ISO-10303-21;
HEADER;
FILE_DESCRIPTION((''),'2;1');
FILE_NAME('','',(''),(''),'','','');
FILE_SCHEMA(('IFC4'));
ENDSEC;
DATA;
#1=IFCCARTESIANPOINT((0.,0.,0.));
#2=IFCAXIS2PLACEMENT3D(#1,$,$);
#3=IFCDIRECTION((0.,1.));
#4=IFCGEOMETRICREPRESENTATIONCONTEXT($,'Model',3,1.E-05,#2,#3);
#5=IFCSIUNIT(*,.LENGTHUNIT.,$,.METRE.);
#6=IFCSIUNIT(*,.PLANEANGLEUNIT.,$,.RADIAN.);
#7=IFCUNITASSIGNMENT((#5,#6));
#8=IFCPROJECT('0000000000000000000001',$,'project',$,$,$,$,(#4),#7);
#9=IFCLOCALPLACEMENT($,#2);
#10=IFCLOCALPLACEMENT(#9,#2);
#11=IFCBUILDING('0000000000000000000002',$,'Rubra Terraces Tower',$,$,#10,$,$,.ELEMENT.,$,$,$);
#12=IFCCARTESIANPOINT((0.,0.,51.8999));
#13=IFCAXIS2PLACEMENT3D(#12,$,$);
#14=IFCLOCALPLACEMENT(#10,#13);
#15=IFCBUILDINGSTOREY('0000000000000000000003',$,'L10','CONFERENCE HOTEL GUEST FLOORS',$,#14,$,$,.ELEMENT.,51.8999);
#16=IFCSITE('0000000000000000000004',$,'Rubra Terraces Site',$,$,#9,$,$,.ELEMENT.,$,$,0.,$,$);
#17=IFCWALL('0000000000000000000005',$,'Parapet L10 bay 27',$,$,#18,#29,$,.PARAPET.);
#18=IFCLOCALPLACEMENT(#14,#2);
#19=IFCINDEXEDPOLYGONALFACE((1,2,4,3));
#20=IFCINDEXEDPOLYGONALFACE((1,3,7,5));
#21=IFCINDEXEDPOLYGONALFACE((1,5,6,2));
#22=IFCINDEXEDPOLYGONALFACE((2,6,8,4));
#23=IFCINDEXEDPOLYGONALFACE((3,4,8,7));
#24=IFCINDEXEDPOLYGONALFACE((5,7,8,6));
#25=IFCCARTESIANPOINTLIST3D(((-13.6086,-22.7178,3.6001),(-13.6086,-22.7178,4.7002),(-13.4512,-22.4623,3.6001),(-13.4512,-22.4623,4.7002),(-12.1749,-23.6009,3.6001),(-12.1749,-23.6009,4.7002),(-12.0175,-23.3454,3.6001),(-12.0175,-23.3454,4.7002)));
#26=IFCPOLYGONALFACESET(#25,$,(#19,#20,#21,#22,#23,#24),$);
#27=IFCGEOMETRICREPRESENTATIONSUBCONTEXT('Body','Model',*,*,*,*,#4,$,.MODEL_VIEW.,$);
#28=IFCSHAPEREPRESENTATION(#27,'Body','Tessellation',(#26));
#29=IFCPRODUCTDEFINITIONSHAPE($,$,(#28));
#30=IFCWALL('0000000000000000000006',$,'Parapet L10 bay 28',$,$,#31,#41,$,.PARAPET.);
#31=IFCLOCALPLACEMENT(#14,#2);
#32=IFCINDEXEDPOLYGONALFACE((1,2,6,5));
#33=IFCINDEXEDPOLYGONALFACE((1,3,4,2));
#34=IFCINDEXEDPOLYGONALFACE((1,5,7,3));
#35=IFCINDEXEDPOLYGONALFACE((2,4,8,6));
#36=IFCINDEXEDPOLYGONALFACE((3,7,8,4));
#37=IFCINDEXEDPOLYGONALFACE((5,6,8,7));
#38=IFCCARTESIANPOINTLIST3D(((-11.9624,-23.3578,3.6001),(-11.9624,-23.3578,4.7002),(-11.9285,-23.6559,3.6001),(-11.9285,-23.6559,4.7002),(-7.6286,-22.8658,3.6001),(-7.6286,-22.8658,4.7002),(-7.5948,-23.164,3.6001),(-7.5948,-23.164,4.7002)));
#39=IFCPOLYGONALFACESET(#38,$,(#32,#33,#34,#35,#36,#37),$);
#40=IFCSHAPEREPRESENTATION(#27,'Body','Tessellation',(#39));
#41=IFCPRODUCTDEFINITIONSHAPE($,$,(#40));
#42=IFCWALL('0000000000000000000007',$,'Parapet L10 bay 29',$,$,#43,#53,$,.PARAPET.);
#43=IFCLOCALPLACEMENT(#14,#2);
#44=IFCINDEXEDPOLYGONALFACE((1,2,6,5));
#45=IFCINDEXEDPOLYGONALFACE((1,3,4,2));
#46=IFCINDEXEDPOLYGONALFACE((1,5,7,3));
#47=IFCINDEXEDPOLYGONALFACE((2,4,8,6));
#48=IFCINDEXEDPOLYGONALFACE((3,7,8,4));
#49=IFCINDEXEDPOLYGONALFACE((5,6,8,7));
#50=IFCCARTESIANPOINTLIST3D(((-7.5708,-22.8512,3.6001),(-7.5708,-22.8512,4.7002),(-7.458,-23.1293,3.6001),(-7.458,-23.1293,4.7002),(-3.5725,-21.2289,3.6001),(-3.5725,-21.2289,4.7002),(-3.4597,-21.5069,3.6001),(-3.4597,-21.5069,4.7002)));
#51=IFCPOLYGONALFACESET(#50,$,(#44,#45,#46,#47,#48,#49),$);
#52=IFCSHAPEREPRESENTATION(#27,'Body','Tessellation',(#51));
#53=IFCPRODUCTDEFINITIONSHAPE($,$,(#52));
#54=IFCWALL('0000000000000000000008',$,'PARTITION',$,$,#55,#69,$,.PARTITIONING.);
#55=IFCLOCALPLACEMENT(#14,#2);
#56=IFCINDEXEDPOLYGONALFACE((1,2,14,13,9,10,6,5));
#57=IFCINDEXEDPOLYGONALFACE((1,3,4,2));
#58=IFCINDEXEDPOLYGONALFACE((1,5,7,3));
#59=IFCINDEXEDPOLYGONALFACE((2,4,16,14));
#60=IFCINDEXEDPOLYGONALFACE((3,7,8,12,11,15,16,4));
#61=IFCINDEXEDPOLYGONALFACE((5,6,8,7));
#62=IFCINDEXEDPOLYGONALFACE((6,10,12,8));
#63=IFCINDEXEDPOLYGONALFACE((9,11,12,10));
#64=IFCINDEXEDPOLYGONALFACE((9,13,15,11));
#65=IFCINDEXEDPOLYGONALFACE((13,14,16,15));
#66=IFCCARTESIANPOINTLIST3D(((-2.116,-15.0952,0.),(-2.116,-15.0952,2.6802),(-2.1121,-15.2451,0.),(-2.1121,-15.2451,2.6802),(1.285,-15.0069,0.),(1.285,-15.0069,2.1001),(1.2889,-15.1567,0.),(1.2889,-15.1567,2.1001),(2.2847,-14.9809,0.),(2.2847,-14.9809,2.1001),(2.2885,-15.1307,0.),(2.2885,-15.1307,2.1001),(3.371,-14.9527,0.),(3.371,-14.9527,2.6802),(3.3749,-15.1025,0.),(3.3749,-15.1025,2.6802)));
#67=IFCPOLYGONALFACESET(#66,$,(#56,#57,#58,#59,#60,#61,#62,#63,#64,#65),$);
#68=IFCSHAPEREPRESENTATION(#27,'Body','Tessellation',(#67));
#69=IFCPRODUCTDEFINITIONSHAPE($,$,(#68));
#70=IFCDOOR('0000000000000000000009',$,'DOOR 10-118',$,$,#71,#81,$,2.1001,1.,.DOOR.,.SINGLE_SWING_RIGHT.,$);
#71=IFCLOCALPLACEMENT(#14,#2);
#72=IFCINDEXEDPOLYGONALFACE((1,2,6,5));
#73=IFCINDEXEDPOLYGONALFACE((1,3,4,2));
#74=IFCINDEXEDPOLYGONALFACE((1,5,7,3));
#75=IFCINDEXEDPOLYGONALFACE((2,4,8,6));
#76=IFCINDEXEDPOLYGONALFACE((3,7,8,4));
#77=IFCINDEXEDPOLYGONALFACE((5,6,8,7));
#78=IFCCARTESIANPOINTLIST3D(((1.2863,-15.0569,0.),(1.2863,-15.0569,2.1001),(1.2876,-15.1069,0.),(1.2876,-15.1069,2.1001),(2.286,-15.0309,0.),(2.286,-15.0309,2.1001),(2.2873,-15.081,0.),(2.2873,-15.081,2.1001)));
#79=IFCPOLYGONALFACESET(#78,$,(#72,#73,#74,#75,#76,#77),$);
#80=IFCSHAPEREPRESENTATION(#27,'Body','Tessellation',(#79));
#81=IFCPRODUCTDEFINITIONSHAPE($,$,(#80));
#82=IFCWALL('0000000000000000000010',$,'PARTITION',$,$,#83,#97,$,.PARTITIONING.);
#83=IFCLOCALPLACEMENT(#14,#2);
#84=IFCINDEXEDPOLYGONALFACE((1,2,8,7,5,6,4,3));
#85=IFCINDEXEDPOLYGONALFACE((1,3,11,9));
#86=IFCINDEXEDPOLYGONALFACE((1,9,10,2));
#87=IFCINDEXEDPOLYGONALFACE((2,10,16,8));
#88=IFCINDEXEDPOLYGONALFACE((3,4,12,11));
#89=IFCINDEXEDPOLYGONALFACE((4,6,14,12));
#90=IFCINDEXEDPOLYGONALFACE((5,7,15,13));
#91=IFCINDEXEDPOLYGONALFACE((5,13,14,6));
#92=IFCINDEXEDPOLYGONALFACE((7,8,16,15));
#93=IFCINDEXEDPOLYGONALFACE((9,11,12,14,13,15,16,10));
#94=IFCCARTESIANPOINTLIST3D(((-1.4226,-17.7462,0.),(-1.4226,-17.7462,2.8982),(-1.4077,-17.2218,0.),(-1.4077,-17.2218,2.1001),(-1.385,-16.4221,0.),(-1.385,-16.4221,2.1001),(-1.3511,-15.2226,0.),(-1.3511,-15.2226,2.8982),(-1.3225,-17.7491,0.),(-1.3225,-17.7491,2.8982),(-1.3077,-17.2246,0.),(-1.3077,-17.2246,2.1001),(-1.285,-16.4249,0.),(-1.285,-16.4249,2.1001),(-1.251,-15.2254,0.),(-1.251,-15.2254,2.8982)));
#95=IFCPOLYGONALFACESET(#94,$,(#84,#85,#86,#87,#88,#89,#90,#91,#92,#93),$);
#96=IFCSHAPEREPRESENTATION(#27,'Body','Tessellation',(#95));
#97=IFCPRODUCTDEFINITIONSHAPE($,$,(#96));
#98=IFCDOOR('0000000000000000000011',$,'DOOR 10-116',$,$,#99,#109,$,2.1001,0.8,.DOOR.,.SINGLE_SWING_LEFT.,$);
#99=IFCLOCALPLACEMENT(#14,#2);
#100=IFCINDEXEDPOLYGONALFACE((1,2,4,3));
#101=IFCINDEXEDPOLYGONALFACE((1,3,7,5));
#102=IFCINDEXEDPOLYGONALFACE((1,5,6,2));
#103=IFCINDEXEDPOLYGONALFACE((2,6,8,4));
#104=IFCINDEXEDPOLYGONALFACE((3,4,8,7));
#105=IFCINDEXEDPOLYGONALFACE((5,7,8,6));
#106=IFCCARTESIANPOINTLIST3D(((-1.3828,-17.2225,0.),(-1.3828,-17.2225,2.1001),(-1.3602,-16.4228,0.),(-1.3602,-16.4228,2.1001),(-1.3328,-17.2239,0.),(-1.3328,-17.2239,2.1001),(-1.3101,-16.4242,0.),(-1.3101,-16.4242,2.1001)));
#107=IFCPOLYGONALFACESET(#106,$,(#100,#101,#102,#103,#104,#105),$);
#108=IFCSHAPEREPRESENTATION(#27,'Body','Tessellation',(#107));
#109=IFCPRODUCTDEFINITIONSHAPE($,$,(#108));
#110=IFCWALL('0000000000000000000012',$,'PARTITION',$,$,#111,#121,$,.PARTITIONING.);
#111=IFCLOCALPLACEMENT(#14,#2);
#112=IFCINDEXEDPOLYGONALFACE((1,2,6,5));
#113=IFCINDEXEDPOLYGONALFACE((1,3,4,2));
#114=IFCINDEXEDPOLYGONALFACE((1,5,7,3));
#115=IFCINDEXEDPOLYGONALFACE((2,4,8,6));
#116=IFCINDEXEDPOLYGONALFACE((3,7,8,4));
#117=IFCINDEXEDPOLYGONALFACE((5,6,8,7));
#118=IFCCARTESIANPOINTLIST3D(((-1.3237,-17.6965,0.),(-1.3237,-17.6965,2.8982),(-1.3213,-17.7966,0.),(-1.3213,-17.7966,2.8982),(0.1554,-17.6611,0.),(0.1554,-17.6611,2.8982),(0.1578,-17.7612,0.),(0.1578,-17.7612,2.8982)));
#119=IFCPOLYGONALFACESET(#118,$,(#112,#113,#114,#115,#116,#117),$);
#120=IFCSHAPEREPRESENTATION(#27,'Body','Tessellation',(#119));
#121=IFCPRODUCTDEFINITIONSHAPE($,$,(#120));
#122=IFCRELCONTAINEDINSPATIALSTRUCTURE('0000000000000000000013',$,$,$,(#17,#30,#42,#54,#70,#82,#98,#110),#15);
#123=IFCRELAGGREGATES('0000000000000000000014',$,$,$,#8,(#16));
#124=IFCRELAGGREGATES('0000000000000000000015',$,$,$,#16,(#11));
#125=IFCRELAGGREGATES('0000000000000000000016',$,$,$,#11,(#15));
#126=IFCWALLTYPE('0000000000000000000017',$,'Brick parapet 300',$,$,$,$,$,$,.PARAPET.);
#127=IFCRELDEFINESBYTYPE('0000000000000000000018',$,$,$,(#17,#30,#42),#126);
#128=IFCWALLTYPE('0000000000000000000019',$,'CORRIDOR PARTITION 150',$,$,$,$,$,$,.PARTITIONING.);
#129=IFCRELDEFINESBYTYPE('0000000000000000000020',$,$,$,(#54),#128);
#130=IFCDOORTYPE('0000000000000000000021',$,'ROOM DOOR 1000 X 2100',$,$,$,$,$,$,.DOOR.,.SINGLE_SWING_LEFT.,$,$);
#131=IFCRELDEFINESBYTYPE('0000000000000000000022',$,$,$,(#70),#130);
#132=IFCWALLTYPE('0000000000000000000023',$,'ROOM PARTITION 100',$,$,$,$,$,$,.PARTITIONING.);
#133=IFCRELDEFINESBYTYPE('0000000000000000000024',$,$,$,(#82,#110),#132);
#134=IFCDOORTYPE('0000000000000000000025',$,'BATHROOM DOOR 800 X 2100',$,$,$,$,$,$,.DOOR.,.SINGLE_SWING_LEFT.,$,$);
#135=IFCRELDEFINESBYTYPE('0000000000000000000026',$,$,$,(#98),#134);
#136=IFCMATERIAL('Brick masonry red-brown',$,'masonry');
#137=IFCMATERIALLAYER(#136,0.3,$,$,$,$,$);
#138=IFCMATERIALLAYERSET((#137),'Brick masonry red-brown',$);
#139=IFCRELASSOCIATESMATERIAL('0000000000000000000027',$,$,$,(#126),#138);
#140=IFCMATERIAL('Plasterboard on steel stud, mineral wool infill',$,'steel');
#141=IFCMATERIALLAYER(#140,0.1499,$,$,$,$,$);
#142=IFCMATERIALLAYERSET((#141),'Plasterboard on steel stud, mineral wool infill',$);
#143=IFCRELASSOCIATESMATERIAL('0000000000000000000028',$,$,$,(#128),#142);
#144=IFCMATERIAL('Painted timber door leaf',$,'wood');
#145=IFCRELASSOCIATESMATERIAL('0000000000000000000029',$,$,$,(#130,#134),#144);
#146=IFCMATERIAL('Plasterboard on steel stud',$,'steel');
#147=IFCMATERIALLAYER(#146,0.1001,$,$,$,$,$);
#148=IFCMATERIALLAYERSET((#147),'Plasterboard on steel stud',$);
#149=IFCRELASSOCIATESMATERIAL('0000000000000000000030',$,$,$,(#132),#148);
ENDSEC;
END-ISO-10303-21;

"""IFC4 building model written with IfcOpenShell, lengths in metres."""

from ifc_helpers import new_model, si_unit, direction, frame, frame_2d, origin, place, context, subcontext, project, spatial, rectangle, extrude, material, layer, layer_set, type_object, element, fill, save


model = new_model("IFC4")

# Units and contexts
model_context = context("Model", 3, precision=1e-05, world=origin(), true_north=direction((0.0, 1.0)))
body_context = subcontext(model_context, "Body", "Model", "MODEL_VIEW")
ifc_project = project(units=[si_unit("LENGTHUNIT", "METRE"), si_unit("PLANEANGLEUNIT", "RADIAN")], contexts=[model_context])

# Site, building, storey
site_placement = place(None, origin())
site = spatial("IfcSite", under=ifc_project, at=site_placement, Name="Rubra Terraces Site", CompositionType="ELEMENT", RefElevation=0.0)
building_placement = place(site_placement, origin())
building = spatial("IfcBuilding", under=site, at=building_placement, Name="Rubra Terraces Tower", CompositionType="ELEMENT")
storey_placement = place(building_placement, frame((0.0, 0.0, 51.8999)))
storey = spatial("IfcBuildingStorey", under=building, at=storey_placement, Name="L10", Description="CONFERENCE HOTEL GUEST FLOORS", CompositionType="ELEMENT", Elevation=51.8999)

# Shared definitions
ifc_material_1 = material(Name="Brick masonry red-brown", Category="masonry")

# Walls
ifc_layer_1 = layer(ifc_material_1, 0.3)
ifc_layer_set_1 = layer_set([ifc_layer_1], Name="Brick masonry red-brown")
wall_type_1 = type_object("IfcWallType", Name="Brick parapet 300", PredefinedType="PARAPET", material=ifc_layer_set_1)
wall_1_placement = place(storey_placement, frame((-13.5298, -22.5901, 3.6001), z_axis=(0.0, 0.0, 1.0), x_axis=(0.851434, -0.524461, 0.0)))
element("IfcWall", 1, at=wall_1_placement, inside=storey, type_object=wall_type_1, Name="Parapet L10 bay 27", PredefinedType="PARAPET", context=body_context, shape_type="SweptSolid", body=[
    extrude(rectangle(XDim=1.6838, YDim=0.3, at=frame_2d((0.8418, 0.0))), origin(), (0.0, 0.0, 1.0), 1.1001),
])
wall_2_placement = place(storey_placement, frame((-11.9453, -23.5068, 3.6001), z_axis=(0.0, 0.0, 1.0), x_axis=(0.993619, 0.11279, 0.0)))
element("IfcWall", 2, at=wall_2_placement, inside=storey, type_object=wall_type_1, Name="Parapet L10 bay 28", PredefinedType="PARAPET", context=body_context, shape_type="SweptSolid", body=[
    extrude(rectangle(XDim=4.3616, YDim=0.3, at=frame_2d((2.1807, 0.0))), origin(), (0.0, 0.0, 1.0), 1.1001),
])
wall_3_placement = place(storey_placement, frame((-7.5144, -22.9902, 3.6001), z_axis=(0.0, 0.0, 1.0), x_axis=(0.926627, 0.375981, 0.0)))
element("IfcWall", 3, at=wall_3_placement, inside=storey, type_object=wall_type_1, Name="Parapet L10 bay 29", PredefinedType="PARAPET", context=body_context, shape_type="SweptSolid", body=[
    extrude(rectangle(XDim=4.3149, YDim=0.3, at=frame_2d((2.1575, 0.0))), origin(), (0.0, 0.0, 1.0), 1.1001),
])

# Walls, openings, doors
ifc_material_2 = material(Name="Plasterboard on steel stud, mineral wool infill", Category="steel")
ifc_layer_2 = layer(ifc_material_2, 0.1499)
ifc_layer_set_2 = layer_set([ifc_layer_2], Name="Plasterboard on steel stud, mineral wool infill")
wall_type_2 = type_object("IfcWallType", Name="CORRIDOR PARTITION 150", PredefinedType="PARTITIONING", material=ifc_layer_set_2)
wall_4_placement = place(storey_placement, frame((-2.114, -15.1702, 0.0), z_axis=(0.0, 0.0, 1.0), x_axis=(0.999663, 0.025977, 0.0)))
wall_4 = element("IfcWall", 4, at=wall_4_placement, inside=storey, type_object=wall_type_2, Name="PARTITION", PredefinedType="PARTITIONING", context=body_context, shape_type="SweptSolid", body=[
    extrude(rectangle(XDim=5.4888, YDim=0.1499, at=frame_2d((2.7444, 0.0))), origin(), (0.0, 0.0, 1.0), 2.6802),
])
opening_1_placement = place(wall_4_placement, frame((3.4021, 0.0, 0.0)))
opening_1 = element("IfcOpeningElement", 5, at=opening_1_placement, cuts=wall_4, PredefinedType="OPENING", context=body_context, shape_type="SweptSolid", body=[
    extrude(rectangle(XDim=1.0, YDim=2.1001, at=frame_2d((0.5, 1.05))), frame((0.0, 0.085, 0.0), z_axis=(0.0, -1.0, 0.0), x_axis=(1.0, 0.0, 0.0)), (0.0, 0.0, 1.0), 0.1699),
])
ifc_material_3 = material(Name="Painted timber door leaf", Category="wood")
door_type_1 = type_object("IfcDoorType", Name="ROOM DOOR 1000 X 2100", OperationType="SINGLE_SWING_LEFT", PredefinedType="DOOR", material=ifc_material_3)
door_1_placement = place(opening_1_placement, origin())
door_1 = element("IfcDoor", 6, at=door_1_placement, inside=storey, type_object=door_type_1, Name="DOOR 10-118", OperationType="SINGLE_SWING_RIGHT", OverallHeight=2.1001, OverallWidth=1.0, PredefinedType="DOOR", context=body_context, shape_type="SweptSolid", body=[
    extrude(rectangle(XDim=1.0, YDim=2.1001, at=frame_2d((0.5, 1.05))), frame((0.0, 0.0249, 0.0), z_axis=(0.0, -1.0, 0.0), x_axis=(1.0, 0.0, 0.0)), (0.0, 0.0, 1.0), 0.05),
])
fill(opening_1, door_1)
ifc_material_4 = material(Name="Plasterboard on steel stud", Category="steel")
ifc_layer_3 = layer(ifc_material_4, 0.1001)
ifc_layer_set_3 = layer_set([ifc_layer_3], Name="Plasterboard on steel stud")
wall_type_3 = type_object("IfcWallType", Name="ROOM PARTITION 100", PredefinedType="PARTITIONING", material=ifc_layer_set_3)
wall_5_placement = place(storey_placement, frame((-1.301, -15.2241, 0.0), z_axis=(0.0, 0.0, 1.0), x_axis=(-0.028333, -0.999599, 0.0)))
wall_5 = element("IfcWall", 7, at=wall_5_placement, inside=storey, type_object=wall_type_3, Name="PARTITION", PredefinedType="PARTITIONING", context=body_context, shape_type="SweptSolid", body=[
    extrude(rectangle(XDim=2.5247, YDim=0.1001, at=frame_2d((1.2622, 0.0))), origin(), (0.0, 0.0, 1.0), 2.8982),
])
opening_2_placement = place(wall_5_placement, frame((1.2, 0.0, 0.0)))
opening_2 = element("IfcOpeningElement", 8, at=opening_2_placement, cuts=wall_5, PredefinedType="OPENING", context=body_context, shape_type="SweptSolid", body=[
    extrude(rectangle(XDim=0.8, YDim=2.1001, at=frame_2d((0.3999, 1.05))), frame((0.0, 0.0601, 0.0), z_axis=(0.0, -1.0, 0.0), x_axis=(1.0, 0.0, 0.0)), (0.0, 0.0, 1.0), 0.1201),
])
door_type_2 = type_object("IfcDoorType", Name="BATHROOM DOOR 800 X 2100", OperationType="SINGLE_SWING_LEFT", PredefinedType="DOOR", material=ifc_material_3)
door_2_placement = place(opening_2_placement, origin())
door_2 = element("IfcDoor", 9, at=door_2_placement, inside=storey, type_object=door_type_2, Name="DOOR 10-116", OperationType="SINGLE_SWING_LEFT", OverallHeight=2.1001, OverallWidth=0.8, PredefinedType="DOOR", context=body_context, shape_type="SweptSolid", body=[
    extrude(rectangle(XDim=0.8, YDim=2.1001, at=frame_2d((0.3999, 1.05))), frame((0.0, 0.0249, 0.0), z_axis=(0.0, -1.0, 0.0), x_axis=(1.0, 0.0, 0.0)), (0.0, 0.0, 1.0), 0.05),
])
fill(opening_2, door_2)

# Wall
wall_6_placement = place(storey_placement, frame((-1.3225, -17.7466, 0.0), z_axis=(0.0, 0.0, 1.0), x_axis=(0.999714, 0.023928, 0.0)))
element("IfcWall", 10, at=wall_6_placement, inside=storey, type_object=wall_type_3, Name="PARTITION", PredefinedType="PARTITIONING", context=body_context, shape_type="SweptSolid", body=[
    extrude(rectangle(XDim=1.4795, YDim=0.1001, at=frame_2d((0.7397, 0.0))), origin(), (0.0, 0.0, 1.0), 2.8982),
])

save(model, "model.ifc")
